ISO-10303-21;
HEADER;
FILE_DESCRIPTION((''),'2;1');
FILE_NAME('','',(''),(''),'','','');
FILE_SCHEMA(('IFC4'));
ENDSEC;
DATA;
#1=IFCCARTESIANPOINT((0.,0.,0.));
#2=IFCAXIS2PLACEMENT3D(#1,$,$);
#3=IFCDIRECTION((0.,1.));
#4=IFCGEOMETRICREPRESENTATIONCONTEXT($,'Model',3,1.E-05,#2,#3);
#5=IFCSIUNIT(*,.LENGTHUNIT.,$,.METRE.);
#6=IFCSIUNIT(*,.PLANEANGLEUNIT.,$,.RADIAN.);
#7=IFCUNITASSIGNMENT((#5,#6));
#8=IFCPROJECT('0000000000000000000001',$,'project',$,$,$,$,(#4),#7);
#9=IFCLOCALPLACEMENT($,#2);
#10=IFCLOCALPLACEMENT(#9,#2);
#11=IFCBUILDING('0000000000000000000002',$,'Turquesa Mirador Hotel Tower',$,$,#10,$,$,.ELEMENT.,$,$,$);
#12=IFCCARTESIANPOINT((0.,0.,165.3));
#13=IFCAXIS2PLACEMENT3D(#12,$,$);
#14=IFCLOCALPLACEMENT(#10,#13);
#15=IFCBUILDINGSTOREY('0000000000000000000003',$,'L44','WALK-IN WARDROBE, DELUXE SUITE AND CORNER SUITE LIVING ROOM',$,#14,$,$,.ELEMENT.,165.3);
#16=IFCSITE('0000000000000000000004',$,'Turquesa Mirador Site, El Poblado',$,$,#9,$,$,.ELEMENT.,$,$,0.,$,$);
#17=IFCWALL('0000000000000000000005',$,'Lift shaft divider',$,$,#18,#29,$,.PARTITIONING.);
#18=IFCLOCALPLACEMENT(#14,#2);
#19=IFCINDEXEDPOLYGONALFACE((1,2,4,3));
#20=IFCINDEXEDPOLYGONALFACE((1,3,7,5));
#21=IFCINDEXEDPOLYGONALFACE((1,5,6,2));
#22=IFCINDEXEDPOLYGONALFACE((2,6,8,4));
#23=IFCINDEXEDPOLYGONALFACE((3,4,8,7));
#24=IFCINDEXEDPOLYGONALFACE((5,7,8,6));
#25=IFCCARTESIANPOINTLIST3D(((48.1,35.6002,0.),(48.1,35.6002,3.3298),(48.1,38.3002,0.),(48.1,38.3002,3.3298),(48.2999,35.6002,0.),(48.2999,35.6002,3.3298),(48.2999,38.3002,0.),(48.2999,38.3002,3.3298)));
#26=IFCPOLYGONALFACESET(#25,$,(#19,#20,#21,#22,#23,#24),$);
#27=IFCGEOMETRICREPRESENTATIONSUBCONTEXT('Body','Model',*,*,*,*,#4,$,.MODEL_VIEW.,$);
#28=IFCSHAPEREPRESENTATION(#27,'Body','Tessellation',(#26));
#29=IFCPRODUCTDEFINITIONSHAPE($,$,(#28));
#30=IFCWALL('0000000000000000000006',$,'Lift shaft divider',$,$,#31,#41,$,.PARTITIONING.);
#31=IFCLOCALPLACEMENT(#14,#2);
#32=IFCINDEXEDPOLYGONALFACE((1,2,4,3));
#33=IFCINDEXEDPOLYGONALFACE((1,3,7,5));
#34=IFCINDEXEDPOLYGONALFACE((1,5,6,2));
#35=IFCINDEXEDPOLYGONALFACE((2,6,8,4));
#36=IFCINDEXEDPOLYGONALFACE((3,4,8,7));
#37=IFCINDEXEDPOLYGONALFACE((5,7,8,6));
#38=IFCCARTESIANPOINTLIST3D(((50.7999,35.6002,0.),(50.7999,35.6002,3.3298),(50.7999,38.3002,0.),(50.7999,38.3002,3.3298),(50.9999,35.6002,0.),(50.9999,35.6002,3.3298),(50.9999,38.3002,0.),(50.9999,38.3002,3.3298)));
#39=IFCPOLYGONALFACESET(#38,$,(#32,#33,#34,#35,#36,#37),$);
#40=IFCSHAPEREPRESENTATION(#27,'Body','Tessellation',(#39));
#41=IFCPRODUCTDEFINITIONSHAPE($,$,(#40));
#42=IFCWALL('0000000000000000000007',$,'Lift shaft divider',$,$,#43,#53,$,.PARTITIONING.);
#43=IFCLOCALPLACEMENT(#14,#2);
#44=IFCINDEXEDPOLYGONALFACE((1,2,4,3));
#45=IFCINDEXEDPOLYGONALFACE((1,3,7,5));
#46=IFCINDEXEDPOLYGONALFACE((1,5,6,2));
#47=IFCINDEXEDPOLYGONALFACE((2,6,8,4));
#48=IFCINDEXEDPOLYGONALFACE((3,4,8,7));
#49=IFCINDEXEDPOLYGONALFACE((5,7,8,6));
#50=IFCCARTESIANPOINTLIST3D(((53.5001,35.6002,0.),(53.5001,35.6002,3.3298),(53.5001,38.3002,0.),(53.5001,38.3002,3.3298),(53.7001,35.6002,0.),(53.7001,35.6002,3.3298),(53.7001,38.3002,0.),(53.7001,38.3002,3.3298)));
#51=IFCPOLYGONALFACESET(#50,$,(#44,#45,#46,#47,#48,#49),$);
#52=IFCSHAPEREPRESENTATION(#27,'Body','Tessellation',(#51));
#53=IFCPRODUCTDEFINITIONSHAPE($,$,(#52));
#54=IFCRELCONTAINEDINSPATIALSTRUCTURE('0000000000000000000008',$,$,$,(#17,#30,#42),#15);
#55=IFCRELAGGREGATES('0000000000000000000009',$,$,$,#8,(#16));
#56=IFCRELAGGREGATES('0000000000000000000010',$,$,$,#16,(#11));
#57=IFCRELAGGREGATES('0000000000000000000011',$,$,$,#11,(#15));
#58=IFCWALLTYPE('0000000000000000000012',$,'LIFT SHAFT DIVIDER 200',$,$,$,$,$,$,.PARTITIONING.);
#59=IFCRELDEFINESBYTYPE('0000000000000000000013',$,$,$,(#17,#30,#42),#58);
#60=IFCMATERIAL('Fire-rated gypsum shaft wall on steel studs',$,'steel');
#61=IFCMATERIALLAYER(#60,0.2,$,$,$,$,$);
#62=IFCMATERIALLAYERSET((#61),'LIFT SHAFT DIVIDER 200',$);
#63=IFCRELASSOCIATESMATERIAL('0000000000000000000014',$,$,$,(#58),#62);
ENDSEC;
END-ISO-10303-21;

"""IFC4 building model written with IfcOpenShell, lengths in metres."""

from ifc_helpers import new_model, si_unit, direction, frame, frame_2d, origin, place, context, subcontext, project, spatial, rectangle, extrude, material, layer, layer_set, type_object, element, save


model = new_model("IFC4")

# Units and contexts
model_context = context("Model", 3, precision=1e-05, world=origin(), true_north=direction((0.0, 1.0)))
body_context = subcontext(model_context, "Body", "Model", "MODEL_VIEW")
ifc_project = project(units=[si_unit("LENGTHUNIT", "METRE"), si_unit("PLANEANGLEUNIT", "RADIAN")], contexts=[model_context])

# Site, building, storey
site_placement = place(None, origin())
site = spatial("IfcSite", under=ifc_project, at=site_placement, Name="Turquesa Mirador Site, El Poblado", CompositionType="ELEMENT", RefElevation=0.0)
building_placement = place(site_placement, origin())
building = spatial("IfcBuilding", under=site, at=building_placement, Name="Turquesa Mirador Hotel Tower", CompositionType="ELEMENT")
storey_placement = place(building_placement, frame((0.0, 0.0, 165.3)))
storey = spatial("IfcBuildingStorey", under=building, at=storey_placement, Name="L44", Description="WALK-IN WARDROBE, DELUXE SUITE AND CORNER SUITE LIVING ROOM", CompositionType="ELEMENT", Elevation=165.3)

# Walls
ifc_material_1 = material(Name="Fire-rated gypsum shaft wall on steel studs", Category="steel")
ifc_layer_1 = layer(ifc_material_1, 0.2)
ifc_layer_set_1 = layer_set([ifc_layer_1], Name="LIFT SHAFT DIVIDER 200")
wall_type_1 = type_object("IfcWallType", Name="LIFT SHAFT DIVIDER 200", PredefinedType="PARTITIONING", material=ifc_layer_set_1)
for number, where, z_axis, x_axis, name in (
    (1, (48.2, 35.6001, 0.0), (0.0, 0.0, 1.0), (0.0, 1.0, 0.0), "Lift shaft divider"),
    (2, (50.8999, 35.6001, 0.0), (0.0, 0.0, 1.0), (0.0, 1.0, 0.0), "Lift shaft divider"),
    (3, (53.6001, 35.6001, 0.0), (0.0, 0.0, 1.0), (0.0, 1.0, 0.0), "Lift shaft divider"),
):
    element("IfcWall", number, at=place(storey_placement, frame(where, z_axis=z_axis, x_axis=x_axis)), inside=storey, type_object=wall_type_1, Name=name, PredefinedType="PARTITIONING", context=body_context, shape_type="SweptSolid", body=[
        extrude(rectangle(XDim=2.7, YDim=0.2, at=frame_2d((1.3501, 0.0))), origin(), (0.0, 0.0, 1.0), 3.3298),
    ])

save(model, "model.ifc")
